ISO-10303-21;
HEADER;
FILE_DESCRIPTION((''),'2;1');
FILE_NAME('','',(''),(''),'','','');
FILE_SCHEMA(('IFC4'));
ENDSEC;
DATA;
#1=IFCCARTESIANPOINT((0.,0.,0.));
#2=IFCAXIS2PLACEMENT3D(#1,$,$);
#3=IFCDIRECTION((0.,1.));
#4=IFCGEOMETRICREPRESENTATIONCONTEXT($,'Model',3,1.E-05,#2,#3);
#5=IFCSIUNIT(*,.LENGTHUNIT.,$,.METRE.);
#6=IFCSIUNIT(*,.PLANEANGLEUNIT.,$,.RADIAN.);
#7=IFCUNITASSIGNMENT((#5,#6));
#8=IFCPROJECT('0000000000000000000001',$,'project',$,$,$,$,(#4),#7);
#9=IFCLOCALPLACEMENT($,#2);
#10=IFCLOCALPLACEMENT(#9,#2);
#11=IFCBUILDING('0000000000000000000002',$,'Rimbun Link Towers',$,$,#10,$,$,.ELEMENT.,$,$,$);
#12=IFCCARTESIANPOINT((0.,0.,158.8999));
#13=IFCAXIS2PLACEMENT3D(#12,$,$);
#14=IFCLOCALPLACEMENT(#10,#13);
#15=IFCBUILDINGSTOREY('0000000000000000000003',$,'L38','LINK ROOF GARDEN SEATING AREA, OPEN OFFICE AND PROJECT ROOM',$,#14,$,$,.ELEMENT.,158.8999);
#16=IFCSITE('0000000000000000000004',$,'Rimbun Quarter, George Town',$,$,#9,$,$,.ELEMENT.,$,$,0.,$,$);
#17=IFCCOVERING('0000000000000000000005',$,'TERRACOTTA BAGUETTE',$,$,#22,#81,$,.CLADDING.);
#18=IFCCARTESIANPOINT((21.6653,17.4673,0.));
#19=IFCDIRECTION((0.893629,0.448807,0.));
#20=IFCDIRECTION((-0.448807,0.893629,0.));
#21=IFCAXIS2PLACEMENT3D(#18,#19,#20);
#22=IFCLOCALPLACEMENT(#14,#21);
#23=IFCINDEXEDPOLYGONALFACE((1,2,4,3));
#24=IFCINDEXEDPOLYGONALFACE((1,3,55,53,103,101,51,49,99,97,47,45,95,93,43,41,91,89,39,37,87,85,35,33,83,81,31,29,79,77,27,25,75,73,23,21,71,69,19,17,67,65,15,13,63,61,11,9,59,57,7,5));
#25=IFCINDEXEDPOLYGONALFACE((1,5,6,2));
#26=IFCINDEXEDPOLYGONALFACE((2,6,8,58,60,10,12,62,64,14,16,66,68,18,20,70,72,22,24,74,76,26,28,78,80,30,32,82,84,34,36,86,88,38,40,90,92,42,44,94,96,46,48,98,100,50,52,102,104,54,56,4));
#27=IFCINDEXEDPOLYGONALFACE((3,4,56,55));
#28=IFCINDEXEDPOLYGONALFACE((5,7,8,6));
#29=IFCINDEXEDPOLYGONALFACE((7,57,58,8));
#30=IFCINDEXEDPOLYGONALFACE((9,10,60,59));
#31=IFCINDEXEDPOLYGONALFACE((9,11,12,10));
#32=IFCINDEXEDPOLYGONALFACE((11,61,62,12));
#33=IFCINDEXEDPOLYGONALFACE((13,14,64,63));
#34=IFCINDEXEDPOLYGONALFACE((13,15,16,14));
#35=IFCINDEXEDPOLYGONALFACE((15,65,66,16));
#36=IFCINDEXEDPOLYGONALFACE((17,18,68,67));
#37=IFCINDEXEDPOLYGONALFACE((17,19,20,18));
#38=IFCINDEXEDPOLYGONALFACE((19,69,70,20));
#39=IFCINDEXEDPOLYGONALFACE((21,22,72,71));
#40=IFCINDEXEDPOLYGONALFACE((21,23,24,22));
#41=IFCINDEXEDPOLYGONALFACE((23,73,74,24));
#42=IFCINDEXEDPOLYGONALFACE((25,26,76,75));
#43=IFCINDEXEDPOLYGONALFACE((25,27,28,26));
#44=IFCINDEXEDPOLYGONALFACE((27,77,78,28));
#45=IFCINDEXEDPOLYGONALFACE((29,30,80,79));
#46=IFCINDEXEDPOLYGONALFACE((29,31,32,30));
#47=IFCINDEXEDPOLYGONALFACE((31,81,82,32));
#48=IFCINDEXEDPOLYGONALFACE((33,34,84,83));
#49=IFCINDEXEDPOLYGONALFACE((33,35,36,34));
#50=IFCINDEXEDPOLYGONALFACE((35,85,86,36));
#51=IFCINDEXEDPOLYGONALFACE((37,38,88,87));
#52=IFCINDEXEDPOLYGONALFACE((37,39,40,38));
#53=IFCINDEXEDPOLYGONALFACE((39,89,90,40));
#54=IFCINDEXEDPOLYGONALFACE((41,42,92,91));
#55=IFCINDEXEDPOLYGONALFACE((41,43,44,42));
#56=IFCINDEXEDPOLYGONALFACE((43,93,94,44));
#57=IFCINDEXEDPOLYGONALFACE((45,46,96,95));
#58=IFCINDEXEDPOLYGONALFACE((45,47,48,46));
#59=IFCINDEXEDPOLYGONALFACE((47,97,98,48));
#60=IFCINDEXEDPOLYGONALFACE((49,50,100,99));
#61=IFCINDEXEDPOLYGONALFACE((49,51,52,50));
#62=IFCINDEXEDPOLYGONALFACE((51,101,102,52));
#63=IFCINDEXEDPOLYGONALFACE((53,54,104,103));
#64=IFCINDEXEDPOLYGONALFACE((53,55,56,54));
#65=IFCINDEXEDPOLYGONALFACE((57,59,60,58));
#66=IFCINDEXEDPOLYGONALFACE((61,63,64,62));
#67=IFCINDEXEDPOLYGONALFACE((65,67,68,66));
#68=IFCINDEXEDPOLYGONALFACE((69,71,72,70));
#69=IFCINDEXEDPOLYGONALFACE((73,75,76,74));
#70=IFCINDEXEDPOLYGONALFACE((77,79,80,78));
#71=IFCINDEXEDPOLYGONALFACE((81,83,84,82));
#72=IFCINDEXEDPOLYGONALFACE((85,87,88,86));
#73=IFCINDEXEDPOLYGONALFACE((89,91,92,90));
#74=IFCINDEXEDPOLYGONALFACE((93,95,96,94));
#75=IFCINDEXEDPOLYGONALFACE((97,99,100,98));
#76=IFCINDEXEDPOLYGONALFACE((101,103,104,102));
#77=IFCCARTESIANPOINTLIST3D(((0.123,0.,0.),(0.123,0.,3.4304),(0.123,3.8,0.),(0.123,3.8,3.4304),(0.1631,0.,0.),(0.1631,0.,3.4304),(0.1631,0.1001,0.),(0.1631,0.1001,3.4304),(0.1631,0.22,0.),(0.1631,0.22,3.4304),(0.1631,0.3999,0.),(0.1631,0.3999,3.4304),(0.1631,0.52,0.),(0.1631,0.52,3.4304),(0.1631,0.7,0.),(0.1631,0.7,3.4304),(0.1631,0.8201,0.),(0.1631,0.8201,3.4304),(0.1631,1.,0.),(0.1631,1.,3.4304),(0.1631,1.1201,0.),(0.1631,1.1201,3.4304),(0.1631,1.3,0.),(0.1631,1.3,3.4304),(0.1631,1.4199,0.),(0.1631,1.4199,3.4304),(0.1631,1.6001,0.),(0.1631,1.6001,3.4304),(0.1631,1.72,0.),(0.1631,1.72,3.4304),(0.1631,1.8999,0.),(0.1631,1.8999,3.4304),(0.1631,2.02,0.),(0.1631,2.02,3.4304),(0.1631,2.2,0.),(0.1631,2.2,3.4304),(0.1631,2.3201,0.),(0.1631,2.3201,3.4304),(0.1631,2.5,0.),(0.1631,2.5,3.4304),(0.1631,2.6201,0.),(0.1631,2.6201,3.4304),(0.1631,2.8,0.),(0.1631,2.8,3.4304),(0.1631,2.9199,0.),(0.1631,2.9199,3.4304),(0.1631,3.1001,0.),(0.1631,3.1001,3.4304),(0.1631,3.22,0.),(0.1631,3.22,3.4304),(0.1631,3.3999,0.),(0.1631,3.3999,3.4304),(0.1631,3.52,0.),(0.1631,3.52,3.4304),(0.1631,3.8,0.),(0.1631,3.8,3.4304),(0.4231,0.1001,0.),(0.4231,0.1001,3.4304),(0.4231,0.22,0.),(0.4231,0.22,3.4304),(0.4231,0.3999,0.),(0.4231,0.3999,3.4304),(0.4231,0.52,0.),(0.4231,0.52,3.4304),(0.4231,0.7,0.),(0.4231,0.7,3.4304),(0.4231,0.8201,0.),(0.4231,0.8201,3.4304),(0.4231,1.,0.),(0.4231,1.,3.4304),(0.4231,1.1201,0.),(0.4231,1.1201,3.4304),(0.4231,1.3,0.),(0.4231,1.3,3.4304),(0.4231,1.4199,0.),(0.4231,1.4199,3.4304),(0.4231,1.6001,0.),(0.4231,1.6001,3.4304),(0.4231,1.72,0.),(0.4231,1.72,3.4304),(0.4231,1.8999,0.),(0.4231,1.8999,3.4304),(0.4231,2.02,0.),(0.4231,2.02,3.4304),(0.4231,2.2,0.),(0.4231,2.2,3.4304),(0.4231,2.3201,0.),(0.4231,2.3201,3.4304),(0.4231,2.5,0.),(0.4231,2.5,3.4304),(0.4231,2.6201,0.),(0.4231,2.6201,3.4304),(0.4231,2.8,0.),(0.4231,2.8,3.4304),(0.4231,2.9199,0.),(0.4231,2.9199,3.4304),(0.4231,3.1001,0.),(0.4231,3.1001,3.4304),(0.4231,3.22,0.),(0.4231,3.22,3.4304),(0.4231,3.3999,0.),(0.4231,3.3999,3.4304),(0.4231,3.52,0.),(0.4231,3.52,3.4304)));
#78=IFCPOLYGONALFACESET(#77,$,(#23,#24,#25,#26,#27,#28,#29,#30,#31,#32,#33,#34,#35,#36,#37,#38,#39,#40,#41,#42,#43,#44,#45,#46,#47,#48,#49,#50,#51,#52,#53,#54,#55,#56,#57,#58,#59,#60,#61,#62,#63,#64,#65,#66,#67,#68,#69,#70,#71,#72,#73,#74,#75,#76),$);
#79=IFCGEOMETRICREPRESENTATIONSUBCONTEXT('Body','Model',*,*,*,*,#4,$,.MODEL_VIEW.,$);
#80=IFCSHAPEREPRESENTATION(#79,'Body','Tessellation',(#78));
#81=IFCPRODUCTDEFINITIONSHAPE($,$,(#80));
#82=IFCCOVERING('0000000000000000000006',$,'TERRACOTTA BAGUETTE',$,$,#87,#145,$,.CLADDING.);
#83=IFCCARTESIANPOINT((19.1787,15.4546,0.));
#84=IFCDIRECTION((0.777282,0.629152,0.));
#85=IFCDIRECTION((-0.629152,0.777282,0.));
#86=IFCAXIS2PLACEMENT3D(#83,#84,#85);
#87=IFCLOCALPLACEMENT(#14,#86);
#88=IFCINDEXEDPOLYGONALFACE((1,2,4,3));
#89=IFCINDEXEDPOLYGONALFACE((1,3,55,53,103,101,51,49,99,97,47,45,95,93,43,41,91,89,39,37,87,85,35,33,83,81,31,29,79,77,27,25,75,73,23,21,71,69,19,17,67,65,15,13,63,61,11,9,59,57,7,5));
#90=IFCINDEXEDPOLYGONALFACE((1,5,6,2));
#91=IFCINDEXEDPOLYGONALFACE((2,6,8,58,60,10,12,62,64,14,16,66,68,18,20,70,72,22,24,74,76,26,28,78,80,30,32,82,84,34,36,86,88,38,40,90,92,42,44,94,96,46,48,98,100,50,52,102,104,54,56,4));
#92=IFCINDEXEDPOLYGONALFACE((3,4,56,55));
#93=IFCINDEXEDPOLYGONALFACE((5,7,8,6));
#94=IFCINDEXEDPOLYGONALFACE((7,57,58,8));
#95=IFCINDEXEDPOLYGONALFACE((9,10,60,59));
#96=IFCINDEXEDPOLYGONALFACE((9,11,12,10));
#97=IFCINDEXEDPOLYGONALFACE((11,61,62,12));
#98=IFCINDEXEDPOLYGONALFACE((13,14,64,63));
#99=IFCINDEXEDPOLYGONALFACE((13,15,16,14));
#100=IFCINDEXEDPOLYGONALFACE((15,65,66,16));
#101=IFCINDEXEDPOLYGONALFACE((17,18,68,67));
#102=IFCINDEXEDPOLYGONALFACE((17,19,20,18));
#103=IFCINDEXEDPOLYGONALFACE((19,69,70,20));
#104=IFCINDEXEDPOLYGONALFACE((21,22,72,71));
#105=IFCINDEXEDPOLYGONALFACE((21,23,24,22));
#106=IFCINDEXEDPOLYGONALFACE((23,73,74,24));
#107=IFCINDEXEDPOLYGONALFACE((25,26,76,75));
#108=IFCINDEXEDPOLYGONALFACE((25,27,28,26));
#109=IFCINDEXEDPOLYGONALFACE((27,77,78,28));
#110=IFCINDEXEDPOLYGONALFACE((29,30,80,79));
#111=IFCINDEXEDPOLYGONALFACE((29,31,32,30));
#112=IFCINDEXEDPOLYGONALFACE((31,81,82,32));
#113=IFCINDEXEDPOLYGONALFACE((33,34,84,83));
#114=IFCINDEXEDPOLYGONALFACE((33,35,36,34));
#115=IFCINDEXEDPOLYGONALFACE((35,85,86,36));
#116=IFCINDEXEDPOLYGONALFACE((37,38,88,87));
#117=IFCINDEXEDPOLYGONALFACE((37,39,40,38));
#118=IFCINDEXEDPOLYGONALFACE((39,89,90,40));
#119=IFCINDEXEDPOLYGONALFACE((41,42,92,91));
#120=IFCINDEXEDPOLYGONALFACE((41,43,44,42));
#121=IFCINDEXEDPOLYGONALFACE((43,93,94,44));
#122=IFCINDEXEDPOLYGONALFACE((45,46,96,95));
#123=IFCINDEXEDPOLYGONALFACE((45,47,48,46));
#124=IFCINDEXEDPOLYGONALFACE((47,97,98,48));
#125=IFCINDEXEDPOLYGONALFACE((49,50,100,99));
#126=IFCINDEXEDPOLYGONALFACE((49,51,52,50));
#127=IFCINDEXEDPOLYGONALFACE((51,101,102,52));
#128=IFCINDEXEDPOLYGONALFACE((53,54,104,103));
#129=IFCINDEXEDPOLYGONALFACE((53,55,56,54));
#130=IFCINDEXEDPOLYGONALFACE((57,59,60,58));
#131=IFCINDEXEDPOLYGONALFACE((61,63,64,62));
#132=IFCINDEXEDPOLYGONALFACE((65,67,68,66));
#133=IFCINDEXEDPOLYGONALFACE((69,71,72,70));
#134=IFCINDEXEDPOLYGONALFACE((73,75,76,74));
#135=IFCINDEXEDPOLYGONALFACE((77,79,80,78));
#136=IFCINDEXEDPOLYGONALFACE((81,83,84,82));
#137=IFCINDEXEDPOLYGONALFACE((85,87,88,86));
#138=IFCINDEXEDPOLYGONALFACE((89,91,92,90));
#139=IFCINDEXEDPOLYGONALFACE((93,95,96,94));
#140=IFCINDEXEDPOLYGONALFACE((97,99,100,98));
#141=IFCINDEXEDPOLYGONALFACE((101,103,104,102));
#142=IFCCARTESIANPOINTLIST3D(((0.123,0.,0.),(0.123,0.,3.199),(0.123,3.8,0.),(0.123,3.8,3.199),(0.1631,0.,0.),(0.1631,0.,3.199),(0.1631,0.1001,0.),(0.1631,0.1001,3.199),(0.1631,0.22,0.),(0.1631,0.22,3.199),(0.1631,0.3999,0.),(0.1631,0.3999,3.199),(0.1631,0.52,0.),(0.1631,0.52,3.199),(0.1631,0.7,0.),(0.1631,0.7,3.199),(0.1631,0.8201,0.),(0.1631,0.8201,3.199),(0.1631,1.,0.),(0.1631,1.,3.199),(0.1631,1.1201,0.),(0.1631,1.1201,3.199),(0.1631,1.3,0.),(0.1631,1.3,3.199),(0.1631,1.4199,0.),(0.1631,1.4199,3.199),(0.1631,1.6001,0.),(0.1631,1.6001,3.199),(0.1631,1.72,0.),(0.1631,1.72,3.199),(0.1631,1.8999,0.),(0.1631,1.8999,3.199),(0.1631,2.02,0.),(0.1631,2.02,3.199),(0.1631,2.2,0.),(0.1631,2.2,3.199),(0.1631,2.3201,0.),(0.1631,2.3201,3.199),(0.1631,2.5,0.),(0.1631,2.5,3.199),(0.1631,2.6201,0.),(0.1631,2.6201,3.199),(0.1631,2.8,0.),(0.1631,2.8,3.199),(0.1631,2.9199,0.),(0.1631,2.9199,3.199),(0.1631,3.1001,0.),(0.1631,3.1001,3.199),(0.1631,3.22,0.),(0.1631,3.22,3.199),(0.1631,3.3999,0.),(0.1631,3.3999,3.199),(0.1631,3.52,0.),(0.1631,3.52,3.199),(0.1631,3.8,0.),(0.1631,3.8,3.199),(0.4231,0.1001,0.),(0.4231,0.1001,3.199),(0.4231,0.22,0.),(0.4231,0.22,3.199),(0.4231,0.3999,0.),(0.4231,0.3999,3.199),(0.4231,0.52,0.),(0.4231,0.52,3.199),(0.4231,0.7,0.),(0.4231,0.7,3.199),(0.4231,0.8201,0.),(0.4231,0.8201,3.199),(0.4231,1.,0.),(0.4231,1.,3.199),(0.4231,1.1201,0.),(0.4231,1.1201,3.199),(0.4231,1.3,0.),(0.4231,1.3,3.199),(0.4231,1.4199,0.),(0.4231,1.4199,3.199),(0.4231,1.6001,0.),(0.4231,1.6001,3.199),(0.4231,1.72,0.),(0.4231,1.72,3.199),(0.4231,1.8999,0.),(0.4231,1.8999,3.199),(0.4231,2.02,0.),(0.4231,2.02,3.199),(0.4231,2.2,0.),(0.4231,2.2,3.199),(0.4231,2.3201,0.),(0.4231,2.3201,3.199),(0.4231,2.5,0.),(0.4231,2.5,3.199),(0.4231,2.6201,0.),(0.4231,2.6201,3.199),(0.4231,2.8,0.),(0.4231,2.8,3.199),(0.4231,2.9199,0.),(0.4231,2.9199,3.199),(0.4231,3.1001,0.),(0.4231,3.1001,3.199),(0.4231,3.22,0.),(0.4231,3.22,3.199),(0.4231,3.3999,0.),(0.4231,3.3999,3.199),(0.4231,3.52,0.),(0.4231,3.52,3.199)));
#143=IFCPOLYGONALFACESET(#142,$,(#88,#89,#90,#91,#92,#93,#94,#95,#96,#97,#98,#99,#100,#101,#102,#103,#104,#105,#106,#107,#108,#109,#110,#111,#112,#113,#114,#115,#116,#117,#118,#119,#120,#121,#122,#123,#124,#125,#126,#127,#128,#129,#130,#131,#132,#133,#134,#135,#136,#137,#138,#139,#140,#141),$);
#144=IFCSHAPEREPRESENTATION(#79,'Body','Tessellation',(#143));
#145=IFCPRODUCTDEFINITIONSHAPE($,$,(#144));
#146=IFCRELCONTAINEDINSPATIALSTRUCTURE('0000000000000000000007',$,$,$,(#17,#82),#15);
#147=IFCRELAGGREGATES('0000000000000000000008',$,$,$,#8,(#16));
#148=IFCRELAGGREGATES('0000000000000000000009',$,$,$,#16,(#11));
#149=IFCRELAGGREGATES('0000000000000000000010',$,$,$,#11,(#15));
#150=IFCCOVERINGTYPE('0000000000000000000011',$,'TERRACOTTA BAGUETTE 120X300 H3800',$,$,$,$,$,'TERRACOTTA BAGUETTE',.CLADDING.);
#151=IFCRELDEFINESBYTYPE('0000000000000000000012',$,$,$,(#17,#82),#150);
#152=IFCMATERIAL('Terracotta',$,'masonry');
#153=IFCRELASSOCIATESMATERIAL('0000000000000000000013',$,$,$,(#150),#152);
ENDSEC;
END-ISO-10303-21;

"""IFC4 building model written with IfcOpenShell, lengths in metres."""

from ifc_helpers import new_model, si_unit, direction, frame, origin, place, context, subcontext, project, spatial, polyline, outline, extrude, material, material_profile, profile_set, type_object, element, save


model = new_model("IFC4")

# Units and contexts
model_context = context("Model", 3, precision=1e-05, world=origin(), true_north=direction((0.0, 1.0)))
body_context = subcontext(model_context, "Body", "Model", "MODEL_VIEW")
ifc_project = project(units=[si_unit("LENGTHUNIT", "METRE"), si_unit("PLANEANGLEUNIT", "RADIAN")], contexts=[model_context])

# Site, building, storey
site_placement = place(None, origin())
site = spatial("IfcSite", under=ifc_project, at=site_placement, Name="Rimbun Quarter, George Town", CompositionType="ELEMENT", RefElevation=0.0)
building_placement = place(site_placement, origin())
building = spatial("IfcBuilding", under=site, at=building_placement, Name="Rimbun Link Towers", CompositionType="ELEMENT")
storey_placement = place(building_placement, frame((0.0, 0.0, 158.8999)))
storey = spatial("IfcBuildingStorey", under=building, at=storey_placement, Name="L38", Description="LINK ROOF GARDEN SEATING AREA, OPEN OFFICE AND PROJECT ROOM", CompositionType="ELEMENT", Elevation=158.8999)

# Coverings
ifc_material_1 = material(Name="Terracotta", Category="masonry")
ifc_material_profile_1 = material_profile(ifc_material_1, outline(polyline([(0.123, 0.0), (0.1631, 0.0), (0.1631, 0.1001), (0.4231, 0.1001), (0.4231, 0.22), (0.1631, 0.22), (0.1631, 0.3999), (0.4231, 0.3999), (0.4231, 0.52), (0.1631, 0.52), (0.1631, 0.7), (0.4231, 0.7), (0.4231, 0.8201), (0.1631, 0.8201), (0.1631, 1.0), (0.4231, 1.0), (0.4231, 1.1201), (0.1631, 1.1201), (0.1631, 1.3), (0.4231, 1.3), (0.4231, 1.4199), (0.1631, 1.4199), (0.1631, 1.6001), (0.4231, 1.6001), (0.4231, 1.72), (0.1631, 1.72), (0.1631, 1.8999), (0.4231, 1.8999), (0.4231, 2.02), (0.1631, 2.02), (0.1631, 2.2), (0.4231, 2.2), (0.4231, 2.3201), (0.1631, 2.3201), (0.1631, 2.5), (0.4231, 2.5), (0.4231, 2.6201), (0.1631, 2.6201), (0.1631, 2.8), (0.4231, 2.8), (0.4231, 2.9199), (0.1631, 2.9199), (0.1631, 3.1001), (0.4231, 3.1001), (0.4231, 3.22), (0.1631, 3.22), (0.1631, 3.3999), (0.4231, 3.3999), (0.4231, 3.52), (0.1631, 3.52), (0.1631, 3.8), (0.123, 3.8), (0.123, 0.0)])), Name="BAGUETTE 120X300")
ifc_profile_set_1 = profile_set([ifc_material_profile_1], Name="Terracotta")
covering_type = type_object("IfcCoveringType", Name="TERRACOTTA BAGUETTE 120X300 H3800", ElementType="TERRACOTTA BAGUETTE", PredefinedType="CLADDING", material=ifc_profile_set_1)
covering_1_placement = place(storey_placement, frame((21.6653, 17.4673, 0.0), z_axis=(0.893629, 0.448807, 0.0), x_axis=(-0.448807, 0.893629, 0.0)))
element("IfcCovering", 1, at=covering_1_placement, inside=storey, type_object=covering_type, Name="TERRACOTTA BAGUETTE", PredefinedType="CLADDING", context=body_context, shape_type="SweptSolid", body=[
    extrude(outline(polyline([(0.123, 0.0), (0.1631, 0.0), (0.1631, 0.1001), (0.4231, 0.1001), (0.4231, 0.22), (0.1631, 0.22), (0.1631, 0.3999), (0.4231, 0.3999), (0.4231, 0.52), (0.1631, 0.52), (0.1631, 0.7), (0.4231, 0.7), (0.4231, 0.8201), (0.1631, 0.8201), (0.1631, 1.0), (0.4231, 1.0), (0.4231, 1.1201), (0.1631, 1.1201), (0.1631, 1.3), (0.4231, 1.3), (0.4231, 1.4199), (0.1631, 1.4199), (0.1631, 1.6001), (0.4231, 1.6001), (0.4231, 1.72), (0.1631, 1.72), (0.1631, 1.8999), (0.4231, 1.8999), (0.4231, 2.02), (0.1631, 2.02), (0.1631, 2.2), (0.4231, 2.2), (0.4231, 2.3201), (0.1631, 2.3201), (0.1631, 2.5), (0.4231, 2.5), (0.4231, 2.6201), (0.1631, 2.6201), (0.1631, 2.8), (0.4231, 2.8), (0.4231, 2.9199), (0.1631, 2.9199), (0.1631, 3.1001), (0.4231, 3.1001), (0.4231, 3.22), (0.1631, 3.22), (0.1631, 3.3999), (0.4231, 3.3999), (0.4231, 3.52), (0.1631, 3.52), (0.1631, 3.8), (0.123, 3.8), (0.123, 0.0)])), origin(), (0.0, 0.0, 1.0), 3.4304),
])
covering_2_placement = place(storey_placement, frame((19.1787, 15.4546, 0.0), z_axis=(0.777282, 0.629152, 0.0), x_axis=(-0.629152, 0.777282, 0.0)))
element("IfcCovering", 2, at=covering_2_placement, inside=storey, type_object=covering_type, Name="TERRACOTTA BAGUETTE", PredefinedType="CLADDING", context=body_context, shape_type="SweptSolid", body=[
    extrude(outline(polyline([(0.123, 0.0), (0.1631, 0.0), (0.1631, 0.1001), (0.4231, 0.1001), (0.4231, 0.22), (0.1631, 0.22), (0.1631, 0.3999), (0.4231, 0.3999), (0.4231, 0.52), (0.1631, 0.52), (0.1631, 0.7), (0.4231, 0.7), (0.4231, 0.8201), (0.1631, 0.8201), (0.1631, 1.0), (0.4231, 1.0), (0.4231, 1.1201), (0.1631, 1.1201), (0.1631, 1.3), (0.4231, 1.3), (0.4231, 1.4199), (0.1631, 1.4199), (0.1631, 1.6001), (0.4231, 1.6001), (0.4231, 1.72), (0.1631, 1.72), (0.1631, 1.8999), (0.4231, 1.8999), (0.4231, 2.02), (0.1631, 2.02), (0.1631, 2.2), (0.4231, 2.2), (0.4231, 2.3201), (0.1631, 2.3201), (0.1631, 2.5), (0.4231, 2.5), (0.4231, 2.6201), (0.1631, 2.6201), (0.1631, 2.8), (0.4231, 2.8), (0.4231, 2.9199), (0.1631, 2.9199), (0.1631, 3.1001), (0.4231, 3.1001), (0.4231, 3.22), (0.1631, 3.22), (0.1631, 3.3999), (0.4231, 3.3999), (0.4231, 3.52), (0.1631, 3.52), (0.1631, 3.8), (0.123, 3.8), (0.123, 0.0)])), origin(), (0.0, 0.0, 1.0), 3.199),
])

save(model, "model.ifc")
